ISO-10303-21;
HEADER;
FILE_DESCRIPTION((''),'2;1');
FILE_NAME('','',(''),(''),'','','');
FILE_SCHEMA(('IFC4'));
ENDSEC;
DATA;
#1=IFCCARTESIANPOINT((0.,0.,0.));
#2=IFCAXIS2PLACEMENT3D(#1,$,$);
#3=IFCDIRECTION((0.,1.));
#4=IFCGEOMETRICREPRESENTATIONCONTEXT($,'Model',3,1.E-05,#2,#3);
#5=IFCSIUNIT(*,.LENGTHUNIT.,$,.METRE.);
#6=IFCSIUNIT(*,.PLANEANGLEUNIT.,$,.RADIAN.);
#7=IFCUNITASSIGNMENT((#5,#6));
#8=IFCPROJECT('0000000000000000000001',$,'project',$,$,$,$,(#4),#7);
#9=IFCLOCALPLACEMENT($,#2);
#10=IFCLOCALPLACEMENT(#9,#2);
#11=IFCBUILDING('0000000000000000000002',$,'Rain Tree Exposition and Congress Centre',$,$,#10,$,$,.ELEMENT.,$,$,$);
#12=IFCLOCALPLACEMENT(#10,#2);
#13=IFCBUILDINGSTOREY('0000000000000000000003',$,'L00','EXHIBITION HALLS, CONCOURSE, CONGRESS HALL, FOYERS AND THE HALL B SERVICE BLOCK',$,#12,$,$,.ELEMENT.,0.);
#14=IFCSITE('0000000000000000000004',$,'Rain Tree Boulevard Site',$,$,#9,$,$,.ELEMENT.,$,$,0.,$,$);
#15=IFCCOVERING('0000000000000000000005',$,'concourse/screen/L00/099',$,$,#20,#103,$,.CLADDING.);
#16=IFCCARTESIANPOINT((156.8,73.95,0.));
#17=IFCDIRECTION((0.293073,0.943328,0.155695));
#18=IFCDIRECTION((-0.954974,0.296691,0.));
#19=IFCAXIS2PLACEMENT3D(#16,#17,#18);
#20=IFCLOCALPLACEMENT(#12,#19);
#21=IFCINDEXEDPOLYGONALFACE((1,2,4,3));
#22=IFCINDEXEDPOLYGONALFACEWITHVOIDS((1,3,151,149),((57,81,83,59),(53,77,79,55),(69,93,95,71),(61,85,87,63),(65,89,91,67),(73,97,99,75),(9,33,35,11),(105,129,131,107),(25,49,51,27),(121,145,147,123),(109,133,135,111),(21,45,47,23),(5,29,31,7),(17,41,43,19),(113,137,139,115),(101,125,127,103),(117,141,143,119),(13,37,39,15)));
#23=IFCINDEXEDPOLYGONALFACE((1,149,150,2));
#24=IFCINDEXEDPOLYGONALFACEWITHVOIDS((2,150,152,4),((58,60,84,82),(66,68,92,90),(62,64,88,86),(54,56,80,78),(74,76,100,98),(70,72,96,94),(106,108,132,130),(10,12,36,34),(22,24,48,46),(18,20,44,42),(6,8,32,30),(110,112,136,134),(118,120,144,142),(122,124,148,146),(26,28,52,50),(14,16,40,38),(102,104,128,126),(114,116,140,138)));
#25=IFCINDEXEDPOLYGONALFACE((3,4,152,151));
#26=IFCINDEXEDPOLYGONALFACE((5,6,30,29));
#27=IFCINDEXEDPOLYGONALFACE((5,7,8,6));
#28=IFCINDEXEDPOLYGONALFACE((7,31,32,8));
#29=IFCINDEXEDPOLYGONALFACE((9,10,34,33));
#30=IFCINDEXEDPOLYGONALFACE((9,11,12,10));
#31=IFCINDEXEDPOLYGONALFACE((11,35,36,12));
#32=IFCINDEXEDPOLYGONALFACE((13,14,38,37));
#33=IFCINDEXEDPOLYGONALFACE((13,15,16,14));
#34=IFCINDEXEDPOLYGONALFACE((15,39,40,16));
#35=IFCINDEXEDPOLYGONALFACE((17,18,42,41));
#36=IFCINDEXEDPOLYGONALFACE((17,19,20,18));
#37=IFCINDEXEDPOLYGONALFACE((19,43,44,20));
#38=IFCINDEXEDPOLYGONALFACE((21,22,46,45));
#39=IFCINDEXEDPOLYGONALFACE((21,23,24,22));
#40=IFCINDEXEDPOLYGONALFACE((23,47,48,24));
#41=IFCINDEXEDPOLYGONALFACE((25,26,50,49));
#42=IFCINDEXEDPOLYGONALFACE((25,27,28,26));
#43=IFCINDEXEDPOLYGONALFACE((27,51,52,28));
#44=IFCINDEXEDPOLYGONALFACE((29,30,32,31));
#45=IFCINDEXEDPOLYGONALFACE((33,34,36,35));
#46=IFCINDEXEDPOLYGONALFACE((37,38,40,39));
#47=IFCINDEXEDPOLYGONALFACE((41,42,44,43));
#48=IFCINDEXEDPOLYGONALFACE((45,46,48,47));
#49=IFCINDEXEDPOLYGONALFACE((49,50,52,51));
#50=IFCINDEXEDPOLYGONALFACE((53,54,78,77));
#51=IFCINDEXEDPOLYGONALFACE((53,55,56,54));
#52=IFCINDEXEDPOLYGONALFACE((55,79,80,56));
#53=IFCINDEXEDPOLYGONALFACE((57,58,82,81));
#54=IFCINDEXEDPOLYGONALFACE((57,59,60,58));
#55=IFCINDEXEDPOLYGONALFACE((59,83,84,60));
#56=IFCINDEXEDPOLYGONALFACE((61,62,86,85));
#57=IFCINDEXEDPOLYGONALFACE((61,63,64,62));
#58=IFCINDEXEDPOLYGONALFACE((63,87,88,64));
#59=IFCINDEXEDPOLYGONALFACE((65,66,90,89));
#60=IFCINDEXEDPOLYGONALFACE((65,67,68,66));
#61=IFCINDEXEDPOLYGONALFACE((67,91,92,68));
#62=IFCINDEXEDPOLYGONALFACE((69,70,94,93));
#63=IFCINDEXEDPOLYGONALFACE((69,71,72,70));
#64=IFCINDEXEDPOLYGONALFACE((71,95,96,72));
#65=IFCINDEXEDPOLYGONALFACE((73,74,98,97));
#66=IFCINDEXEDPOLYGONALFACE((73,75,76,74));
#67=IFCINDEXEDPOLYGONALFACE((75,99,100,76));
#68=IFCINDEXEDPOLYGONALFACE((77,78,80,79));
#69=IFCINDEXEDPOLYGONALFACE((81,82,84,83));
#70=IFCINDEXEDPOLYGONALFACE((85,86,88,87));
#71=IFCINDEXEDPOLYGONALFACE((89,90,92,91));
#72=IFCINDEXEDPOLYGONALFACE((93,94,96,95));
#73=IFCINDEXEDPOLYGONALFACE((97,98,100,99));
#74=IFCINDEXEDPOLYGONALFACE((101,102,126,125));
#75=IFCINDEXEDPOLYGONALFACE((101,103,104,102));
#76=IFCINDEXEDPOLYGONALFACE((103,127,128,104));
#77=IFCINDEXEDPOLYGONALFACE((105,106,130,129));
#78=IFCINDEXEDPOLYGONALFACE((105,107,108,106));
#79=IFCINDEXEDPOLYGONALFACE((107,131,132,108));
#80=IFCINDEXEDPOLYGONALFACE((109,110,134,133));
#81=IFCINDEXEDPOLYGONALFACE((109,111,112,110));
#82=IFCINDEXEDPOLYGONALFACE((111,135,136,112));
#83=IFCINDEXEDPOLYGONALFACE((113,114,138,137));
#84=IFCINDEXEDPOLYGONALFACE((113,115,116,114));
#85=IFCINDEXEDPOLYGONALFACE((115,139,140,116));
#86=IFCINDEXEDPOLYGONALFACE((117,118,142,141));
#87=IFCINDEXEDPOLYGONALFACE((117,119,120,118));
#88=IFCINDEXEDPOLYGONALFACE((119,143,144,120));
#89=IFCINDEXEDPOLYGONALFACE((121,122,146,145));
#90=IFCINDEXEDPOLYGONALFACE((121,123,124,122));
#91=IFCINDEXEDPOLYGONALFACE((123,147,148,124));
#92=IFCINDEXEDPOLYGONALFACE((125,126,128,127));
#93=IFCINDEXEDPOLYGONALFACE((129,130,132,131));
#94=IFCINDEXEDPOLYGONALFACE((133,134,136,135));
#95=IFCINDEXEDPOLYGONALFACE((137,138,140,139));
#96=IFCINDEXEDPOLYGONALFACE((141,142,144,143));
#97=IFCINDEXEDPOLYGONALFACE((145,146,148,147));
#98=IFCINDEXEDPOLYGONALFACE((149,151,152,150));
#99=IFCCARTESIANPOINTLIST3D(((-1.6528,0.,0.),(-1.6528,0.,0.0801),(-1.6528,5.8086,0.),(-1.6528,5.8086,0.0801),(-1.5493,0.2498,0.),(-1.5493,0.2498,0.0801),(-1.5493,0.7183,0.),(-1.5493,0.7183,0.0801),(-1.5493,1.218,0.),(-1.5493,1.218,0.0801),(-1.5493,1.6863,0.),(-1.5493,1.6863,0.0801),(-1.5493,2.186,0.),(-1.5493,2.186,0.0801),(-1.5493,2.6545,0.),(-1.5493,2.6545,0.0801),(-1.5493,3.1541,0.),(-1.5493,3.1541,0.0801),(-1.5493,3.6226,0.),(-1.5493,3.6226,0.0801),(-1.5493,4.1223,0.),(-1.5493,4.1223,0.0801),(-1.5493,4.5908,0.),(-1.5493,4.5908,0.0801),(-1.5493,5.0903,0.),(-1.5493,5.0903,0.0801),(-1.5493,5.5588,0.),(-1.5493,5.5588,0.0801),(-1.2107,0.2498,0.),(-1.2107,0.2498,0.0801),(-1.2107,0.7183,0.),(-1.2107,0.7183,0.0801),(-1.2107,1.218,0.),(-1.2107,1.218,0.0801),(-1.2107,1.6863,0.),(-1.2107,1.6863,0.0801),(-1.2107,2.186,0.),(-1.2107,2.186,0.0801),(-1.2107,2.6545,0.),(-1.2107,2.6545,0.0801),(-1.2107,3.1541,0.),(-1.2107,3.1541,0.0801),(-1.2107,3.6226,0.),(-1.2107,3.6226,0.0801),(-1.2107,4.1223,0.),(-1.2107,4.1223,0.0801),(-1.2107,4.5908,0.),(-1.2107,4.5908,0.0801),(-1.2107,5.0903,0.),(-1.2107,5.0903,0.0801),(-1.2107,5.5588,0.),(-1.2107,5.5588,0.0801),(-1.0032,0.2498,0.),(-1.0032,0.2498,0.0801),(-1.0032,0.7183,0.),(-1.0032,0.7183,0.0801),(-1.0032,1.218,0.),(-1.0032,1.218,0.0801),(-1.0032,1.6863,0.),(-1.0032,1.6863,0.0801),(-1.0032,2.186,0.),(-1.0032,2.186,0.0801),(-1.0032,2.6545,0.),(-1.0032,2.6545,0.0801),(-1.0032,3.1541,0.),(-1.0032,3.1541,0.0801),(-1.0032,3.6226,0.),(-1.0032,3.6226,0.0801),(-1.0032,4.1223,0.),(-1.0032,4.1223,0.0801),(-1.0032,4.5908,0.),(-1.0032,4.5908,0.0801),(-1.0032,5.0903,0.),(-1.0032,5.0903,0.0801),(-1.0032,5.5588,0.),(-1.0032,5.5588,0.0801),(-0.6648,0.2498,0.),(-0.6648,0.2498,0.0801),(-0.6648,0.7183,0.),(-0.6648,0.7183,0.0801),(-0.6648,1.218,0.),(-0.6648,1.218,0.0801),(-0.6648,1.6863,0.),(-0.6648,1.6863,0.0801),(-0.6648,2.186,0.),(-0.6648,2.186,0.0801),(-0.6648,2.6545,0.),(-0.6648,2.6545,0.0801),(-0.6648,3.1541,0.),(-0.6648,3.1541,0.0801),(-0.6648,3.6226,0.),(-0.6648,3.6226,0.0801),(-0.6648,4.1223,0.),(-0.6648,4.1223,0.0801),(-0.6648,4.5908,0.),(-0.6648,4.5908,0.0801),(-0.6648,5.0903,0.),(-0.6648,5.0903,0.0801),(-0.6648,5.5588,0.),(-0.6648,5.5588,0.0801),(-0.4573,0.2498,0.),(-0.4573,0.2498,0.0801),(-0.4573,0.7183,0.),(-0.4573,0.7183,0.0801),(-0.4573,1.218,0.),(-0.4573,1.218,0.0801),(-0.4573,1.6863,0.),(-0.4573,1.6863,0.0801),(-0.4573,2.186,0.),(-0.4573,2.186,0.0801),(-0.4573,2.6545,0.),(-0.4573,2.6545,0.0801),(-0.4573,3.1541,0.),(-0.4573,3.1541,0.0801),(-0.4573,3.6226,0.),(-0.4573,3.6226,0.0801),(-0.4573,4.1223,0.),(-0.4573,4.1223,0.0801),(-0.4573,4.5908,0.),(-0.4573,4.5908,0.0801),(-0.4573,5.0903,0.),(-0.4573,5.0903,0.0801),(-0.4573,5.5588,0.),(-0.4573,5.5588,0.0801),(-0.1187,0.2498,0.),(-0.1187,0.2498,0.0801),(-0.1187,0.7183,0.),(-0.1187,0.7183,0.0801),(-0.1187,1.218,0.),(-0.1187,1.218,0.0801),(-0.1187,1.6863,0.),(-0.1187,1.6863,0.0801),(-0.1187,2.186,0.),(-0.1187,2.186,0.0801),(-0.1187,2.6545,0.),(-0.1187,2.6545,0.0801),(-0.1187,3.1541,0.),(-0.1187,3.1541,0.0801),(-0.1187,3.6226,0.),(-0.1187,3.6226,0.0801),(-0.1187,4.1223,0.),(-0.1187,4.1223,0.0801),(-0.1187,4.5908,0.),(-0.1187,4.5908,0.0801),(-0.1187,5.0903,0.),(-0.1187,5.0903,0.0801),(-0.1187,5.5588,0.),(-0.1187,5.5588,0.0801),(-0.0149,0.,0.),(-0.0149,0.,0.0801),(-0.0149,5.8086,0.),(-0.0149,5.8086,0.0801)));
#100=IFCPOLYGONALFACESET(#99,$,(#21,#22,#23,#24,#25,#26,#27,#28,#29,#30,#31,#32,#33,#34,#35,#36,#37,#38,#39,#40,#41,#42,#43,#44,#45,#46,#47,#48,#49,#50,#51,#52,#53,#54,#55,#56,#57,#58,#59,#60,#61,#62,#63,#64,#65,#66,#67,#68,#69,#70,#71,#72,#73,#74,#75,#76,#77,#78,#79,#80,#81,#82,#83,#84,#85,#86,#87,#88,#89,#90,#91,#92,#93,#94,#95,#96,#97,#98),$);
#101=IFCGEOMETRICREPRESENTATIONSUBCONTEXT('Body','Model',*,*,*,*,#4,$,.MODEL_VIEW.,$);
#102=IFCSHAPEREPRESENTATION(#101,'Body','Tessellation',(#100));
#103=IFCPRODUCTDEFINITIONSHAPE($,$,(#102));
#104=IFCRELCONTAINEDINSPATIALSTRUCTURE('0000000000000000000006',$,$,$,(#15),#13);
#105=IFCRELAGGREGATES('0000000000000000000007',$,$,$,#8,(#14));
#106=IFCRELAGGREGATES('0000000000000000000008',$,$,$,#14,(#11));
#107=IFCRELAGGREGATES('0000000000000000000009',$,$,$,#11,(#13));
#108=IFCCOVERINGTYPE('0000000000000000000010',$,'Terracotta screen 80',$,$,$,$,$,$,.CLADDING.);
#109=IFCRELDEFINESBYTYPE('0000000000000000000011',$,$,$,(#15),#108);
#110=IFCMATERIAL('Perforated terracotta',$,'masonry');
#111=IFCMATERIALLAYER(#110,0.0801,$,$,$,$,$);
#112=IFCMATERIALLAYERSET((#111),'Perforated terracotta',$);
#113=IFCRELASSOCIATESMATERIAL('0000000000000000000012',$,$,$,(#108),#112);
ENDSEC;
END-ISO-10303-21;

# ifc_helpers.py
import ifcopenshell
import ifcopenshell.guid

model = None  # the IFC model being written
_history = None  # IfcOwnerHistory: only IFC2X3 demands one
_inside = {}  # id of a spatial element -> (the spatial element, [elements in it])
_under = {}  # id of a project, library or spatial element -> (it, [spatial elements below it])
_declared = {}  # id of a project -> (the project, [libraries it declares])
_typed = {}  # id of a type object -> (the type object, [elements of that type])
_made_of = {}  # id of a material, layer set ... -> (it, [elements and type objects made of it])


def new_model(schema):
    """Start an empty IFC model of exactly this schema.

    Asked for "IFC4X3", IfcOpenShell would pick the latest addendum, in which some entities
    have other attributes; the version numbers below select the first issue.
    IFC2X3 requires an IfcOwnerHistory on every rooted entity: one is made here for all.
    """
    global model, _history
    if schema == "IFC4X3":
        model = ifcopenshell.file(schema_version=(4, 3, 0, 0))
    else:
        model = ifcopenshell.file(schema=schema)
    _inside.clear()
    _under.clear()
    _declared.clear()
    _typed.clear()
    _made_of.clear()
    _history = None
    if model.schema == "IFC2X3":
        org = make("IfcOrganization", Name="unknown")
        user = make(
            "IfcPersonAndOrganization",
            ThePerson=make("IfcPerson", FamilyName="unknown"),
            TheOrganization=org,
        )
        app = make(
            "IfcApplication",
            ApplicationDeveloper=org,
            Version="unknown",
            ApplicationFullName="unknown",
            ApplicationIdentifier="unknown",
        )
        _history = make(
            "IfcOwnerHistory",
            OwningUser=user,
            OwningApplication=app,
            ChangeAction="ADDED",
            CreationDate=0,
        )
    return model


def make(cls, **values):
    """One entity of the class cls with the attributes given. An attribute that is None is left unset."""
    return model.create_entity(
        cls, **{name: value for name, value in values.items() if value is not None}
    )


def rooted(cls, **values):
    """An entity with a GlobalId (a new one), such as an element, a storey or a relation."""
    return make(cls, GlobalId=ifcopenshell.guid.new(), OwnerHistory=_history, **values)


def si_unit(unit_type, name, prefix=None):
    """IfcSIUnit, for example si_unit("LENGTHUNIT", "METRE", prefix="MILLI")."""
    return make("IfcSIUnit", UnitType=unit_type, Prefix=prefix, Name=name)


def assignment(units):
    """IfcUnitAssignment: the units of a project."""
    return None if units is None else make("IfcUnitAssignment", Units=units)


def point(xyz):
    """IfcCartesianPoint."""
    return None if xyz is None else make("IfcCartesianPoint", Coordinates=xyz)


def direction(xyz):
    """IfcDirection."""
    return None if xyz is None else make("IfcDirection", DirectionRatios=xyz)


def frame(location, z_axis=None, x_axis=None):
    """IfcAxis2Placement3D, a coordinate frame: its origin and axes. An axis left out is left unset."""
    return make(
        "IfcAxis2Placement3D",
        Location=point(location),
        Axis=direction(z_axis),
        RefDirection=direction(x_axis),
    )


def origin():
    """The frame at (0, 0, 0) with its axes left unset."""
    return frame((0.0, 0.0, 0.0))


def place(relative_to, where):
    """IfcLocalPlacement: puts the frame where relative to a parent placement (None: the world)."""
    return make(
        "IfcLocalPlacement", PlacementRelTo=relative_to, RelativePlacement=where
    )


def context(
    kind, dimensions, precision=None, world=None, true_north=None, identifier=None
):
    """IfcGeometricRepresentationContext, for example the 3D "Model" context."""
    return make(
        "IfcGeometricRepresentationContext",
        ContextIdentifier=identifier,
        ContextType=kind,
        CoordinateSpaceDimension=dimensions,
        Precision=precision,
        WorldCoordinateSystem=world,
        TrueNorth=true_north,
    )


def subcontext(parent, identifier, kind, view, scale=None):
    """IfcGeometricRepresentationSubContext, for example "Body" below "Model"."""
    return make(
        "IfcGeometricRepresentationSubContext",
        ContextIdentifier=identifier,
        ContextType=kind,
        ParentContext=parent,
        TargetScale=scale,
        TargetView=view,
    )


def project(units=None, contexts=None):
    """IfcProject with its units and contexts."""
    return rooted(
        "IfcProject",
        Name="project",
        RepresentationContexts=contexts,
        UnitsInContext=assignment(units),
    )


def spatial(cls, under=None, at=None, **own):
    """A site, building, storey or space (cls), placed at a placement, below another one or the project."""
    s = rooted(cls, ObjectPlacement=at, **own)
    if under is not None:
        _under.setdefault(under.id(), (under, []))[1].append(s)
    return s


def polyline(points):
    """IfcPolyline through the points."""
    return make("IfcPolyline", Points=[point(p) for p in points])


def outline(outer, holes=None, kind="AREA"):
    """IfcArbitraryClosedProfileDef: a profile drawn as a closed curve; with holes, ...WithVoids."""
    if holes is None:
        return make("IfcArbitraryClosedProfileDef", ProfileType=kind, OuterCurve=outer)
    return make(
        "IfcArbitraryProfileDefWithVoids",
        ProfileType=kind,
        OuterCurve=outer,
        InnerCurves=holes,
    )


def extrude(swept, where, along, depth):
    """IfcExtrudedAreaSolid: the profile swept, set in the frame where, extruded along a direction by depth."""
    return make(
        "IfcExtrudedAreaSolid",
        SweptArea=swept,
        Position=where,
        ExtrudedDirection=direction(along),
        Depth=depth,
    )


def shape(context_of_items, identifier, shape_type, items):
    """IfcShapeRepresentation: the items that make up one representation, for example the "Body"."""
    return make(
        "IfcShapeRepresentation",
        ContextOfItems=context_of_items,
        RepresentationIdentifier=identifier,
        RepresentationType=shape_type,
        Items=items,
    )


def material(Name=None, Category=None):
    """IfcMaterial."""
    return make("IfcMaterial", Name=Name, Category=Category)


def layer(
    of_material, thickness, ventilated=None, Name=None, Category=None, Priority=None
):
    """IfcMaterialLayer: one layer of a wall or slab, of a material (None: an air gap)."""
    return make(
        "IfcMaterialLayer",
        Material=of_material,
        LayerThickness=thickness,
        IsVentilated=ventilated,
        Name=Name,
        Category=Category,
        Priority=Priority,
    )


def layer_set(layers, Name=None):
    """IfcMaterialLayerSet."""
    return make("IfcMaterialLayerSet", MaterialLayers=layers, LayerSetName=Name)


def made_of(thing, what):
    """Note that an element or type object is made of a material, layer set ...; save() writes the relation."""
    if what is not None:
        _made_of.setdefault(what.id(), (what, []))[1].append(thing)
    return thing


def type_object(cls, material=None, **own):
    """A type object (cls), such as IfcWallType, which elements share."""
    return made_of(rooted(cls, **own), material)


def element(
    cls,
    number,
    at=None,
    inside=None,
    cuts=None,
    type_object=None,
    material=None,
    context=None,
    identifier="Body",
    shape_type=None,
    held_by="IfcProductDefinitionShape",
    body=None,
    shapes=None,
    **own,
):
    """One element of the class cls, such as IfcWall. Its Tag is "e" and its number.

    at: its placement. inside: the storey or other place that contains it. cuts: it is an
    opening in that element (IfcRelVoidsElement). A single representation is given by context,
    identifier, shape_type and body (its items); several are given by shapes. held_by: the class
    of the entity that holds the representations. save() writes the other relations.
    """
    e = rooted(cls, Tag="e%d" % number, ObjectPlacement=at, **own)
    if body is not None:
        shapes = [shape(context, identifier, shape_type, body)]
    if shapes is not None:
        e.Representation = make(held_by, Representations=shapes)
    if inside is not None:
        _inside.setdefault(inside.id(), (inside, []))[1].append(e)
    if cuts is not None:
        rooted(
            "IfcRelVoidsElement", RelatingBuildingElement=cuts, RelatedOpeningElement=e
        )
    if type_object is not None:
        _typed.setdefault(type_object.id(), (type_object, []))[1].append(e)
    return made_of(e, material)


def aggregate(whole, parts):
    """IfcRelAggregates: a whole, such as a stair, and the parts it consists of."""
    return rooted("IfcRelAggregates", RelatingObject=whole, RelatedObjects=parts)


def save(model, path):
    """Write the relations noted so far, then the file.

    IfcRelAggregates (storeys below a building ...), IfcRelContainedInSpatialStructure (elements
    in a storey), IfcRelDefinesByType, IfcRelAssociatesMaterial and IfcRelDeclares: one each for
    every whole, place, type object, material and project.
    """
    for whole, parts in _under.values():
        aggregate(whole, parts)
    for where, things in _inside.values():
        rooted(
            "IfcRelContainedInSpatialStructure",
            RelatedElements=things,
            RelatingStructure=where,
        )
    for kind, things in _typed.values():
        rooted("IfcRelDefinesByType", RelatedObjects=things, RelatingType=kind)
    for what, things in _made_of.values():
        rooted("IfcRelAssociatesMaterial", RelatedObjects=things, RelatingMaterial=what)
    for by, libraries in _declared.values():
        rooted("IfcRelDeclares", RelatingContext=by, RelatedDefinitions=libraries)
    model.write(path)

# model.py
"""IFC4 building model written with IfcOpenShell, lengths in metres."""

from ifc_helpers import new_model, si_unit, direction, frame, origin, place, context, subcontext, project, spatial, polyline, outline, extrude, material, layer, layer_set, type_object, element, save


model = new_model("IFC4")

# Units and contexts
model_context = context("Model", 3, precision=1e-05, world=origin(), true_north=direction((0.0, 1.0)))
body_context = subcontext(model_context, "Body", "Model", "MODEL_VIEW")
ifc_project = project(units=[si_unit("LENGTHUNIT", "METRE"), si_unit("PLANEANGLEUNIT", "RADIAN")], contexts=[model_context])

# Site, building, storey
site_placement = place(None, origin())
site = spatial("IfcSite", under=ifc_project, at=site_placement, Name="Rain Tree Boulevard Site", CompositionType="ELEMENT", RefElevation=0.0)
building_placement = place(site_placement, origin())
building = spatial("IfcBuilding", under=site, at=building_placement, Name="Rain Tree Exposition and Congress Centre", CompositionType="ELEMENT")
storey_placement = place(building_placement, origin())
storey = spatial("IfcBuildingStorey", under=building, at=storey_placement, Name="L00", Description="EXHIBITION HALLS, CONCOURSE, CONGRESS HALL, FOYERS AND THE HALL B SERVICE BLOCK", CompositionType="ELEMENT", Elevation=0.0)

# Covering
ifc_material_1 = material(Name="Perforated terracotta", Category="masonry")
ifc_layer_1 = layer(ifc_material_1, 0.0801)
ifc_layer_set_1 = layer_set([ifc_layer_1], Name="Perforated terracotta")
covering_type = type_object("IfcCoveringType", Name="Terracotta screen 80", PredefinedType="CLADDING", material=ifc_layer_set_1)
covering_1_placement = place(storey_placement, frame((156.8, 73.95, 0.0), z_axis=(0.293073, 0.943328, 0.155695), x_axis=(-0.954974, 0.296691, 0.0)))
element("IfcCovering", 1, at=covering_1_placement, inside=storey, type_object=covering_type, Name="concourse/screen/L00/099", PredefinedType="CLADDING", context=body_context, shape_type="SweptSolid", body=[
    extrude(outline(polyline([(-0.0149, 0.0), (-1.6528, 0.0), (-1.6528, 5.8086), (-0.0149, 5.8086), (-0.0149, 0.0)]), holes=[polyline([(-0.1187, 0.2498), (-0.1187, 0.7183), (-0.4573, 0.7183), (-0.4573, 0.2498), (-0.1187, 0.2498)]), polyline([(-0.1187, 1.218), (-0.1187, 1.6863), (-0.4573, 1.6863), (-0.4573, 1.218), (-0.1187, 1.218)]), polyline([(-0.1187, 2.186), (-0.1187, 2.6545), (-0.4573, 2.6545), (-0.4573, 2.186), (-0.1187, 2.186)]), polyline([(-0.1187, 3.1541), (-0.1187, 3.6226), (-0.4573, 3.6226), (-0.4573, 3.1541), (-0.1187, 3.1541)]), polyline([(-0.1187, 4.1223), (-0.1187, 4.5908), (-0.4573, 4.5908), (-0.4573, 4.1223), (-0.1187, 4.1223)]), polyline([(-0.1187, 5.0903), (-0.1187, 5.5588), (-0.4573, 5.5588), (-0.4573, 5.0903), (-0.1187, 5.0903)]), polyline([(-0.6648, 0.2498), (-0.6648, 0.7183), (-1.0032, 0.7183), (-1.0032, 0.2498), (-0.6648, 0.2498)]), polyline([(-0.6648, 1.218), (-0.6648, 1.6863), (-1.0032, 1.6863), (-1.0032, 1.218), (-0.6648, 1.218)]), polyline([(-0.6648, 2.186), (-0.6648, 2.6545), (-1.0032, 2.6545), (-1.0032, 2.186), (-0.6648, 2.186)]), polyline([(-0.6648, 3.1541), (-0.6648, 3.6226), (-1.0032, 3.6226), (-1.0032, 3.1541), (-0.6648, 3.1541)]), polyline([(-0.6648, 4.1223), (-0.6648, 4.5908), (-1.0032, 4.5908), (-1.0032, 4.1223), (-0.6648, 4.1223)]), polyline([(-0.6648, 5.0903), (-0.6648, 5.5588), (-1.0032, 5.5588), (-1.0032, 5.0903), (-0.6648, 5.0903)]), polyline([(-1.2107, 0.2498), (-1.2107, 0.7183), (-1.5493, 0.7183), (-1.5493, 0.2498), (-1.2107, 0.2498)]), polyline([(-1.2107, 1.218), (-1.2107, 1.6863), (-1.5493, 1.6863), (-1.5493, 1.218), (-1.2107, 1.218)]), polyline([(-1.2107, 2.186), (-1.2107, 2.6545), (-1.5493, 2.6545), (-1.5493, 2.186), (-1.2107, 2.186)]), polyline([(-1.2107, 3.1541), (-1.2107, 3.6226), (-1.5493, 3.6226), (-1.5493, 3.1541), (-1.2107, 3.1541)]), polyline([(-1.2107, 4.1223), (-1.2107, 4.5908), (-1.5493, 4.5908), (-1.5493, 4.1223), (-1.2107, 4.1223)]), polyline([(-1.2107, 5.0903), (-1.2107, 5.5588), (-1.5493, 5.5588), (-1.5493, 5.0903), (-1.2107, 5.0903)])]), origin(), (0.0, 0.0, 1.0), 0.0801),
])

save(model, "model.ifc")
